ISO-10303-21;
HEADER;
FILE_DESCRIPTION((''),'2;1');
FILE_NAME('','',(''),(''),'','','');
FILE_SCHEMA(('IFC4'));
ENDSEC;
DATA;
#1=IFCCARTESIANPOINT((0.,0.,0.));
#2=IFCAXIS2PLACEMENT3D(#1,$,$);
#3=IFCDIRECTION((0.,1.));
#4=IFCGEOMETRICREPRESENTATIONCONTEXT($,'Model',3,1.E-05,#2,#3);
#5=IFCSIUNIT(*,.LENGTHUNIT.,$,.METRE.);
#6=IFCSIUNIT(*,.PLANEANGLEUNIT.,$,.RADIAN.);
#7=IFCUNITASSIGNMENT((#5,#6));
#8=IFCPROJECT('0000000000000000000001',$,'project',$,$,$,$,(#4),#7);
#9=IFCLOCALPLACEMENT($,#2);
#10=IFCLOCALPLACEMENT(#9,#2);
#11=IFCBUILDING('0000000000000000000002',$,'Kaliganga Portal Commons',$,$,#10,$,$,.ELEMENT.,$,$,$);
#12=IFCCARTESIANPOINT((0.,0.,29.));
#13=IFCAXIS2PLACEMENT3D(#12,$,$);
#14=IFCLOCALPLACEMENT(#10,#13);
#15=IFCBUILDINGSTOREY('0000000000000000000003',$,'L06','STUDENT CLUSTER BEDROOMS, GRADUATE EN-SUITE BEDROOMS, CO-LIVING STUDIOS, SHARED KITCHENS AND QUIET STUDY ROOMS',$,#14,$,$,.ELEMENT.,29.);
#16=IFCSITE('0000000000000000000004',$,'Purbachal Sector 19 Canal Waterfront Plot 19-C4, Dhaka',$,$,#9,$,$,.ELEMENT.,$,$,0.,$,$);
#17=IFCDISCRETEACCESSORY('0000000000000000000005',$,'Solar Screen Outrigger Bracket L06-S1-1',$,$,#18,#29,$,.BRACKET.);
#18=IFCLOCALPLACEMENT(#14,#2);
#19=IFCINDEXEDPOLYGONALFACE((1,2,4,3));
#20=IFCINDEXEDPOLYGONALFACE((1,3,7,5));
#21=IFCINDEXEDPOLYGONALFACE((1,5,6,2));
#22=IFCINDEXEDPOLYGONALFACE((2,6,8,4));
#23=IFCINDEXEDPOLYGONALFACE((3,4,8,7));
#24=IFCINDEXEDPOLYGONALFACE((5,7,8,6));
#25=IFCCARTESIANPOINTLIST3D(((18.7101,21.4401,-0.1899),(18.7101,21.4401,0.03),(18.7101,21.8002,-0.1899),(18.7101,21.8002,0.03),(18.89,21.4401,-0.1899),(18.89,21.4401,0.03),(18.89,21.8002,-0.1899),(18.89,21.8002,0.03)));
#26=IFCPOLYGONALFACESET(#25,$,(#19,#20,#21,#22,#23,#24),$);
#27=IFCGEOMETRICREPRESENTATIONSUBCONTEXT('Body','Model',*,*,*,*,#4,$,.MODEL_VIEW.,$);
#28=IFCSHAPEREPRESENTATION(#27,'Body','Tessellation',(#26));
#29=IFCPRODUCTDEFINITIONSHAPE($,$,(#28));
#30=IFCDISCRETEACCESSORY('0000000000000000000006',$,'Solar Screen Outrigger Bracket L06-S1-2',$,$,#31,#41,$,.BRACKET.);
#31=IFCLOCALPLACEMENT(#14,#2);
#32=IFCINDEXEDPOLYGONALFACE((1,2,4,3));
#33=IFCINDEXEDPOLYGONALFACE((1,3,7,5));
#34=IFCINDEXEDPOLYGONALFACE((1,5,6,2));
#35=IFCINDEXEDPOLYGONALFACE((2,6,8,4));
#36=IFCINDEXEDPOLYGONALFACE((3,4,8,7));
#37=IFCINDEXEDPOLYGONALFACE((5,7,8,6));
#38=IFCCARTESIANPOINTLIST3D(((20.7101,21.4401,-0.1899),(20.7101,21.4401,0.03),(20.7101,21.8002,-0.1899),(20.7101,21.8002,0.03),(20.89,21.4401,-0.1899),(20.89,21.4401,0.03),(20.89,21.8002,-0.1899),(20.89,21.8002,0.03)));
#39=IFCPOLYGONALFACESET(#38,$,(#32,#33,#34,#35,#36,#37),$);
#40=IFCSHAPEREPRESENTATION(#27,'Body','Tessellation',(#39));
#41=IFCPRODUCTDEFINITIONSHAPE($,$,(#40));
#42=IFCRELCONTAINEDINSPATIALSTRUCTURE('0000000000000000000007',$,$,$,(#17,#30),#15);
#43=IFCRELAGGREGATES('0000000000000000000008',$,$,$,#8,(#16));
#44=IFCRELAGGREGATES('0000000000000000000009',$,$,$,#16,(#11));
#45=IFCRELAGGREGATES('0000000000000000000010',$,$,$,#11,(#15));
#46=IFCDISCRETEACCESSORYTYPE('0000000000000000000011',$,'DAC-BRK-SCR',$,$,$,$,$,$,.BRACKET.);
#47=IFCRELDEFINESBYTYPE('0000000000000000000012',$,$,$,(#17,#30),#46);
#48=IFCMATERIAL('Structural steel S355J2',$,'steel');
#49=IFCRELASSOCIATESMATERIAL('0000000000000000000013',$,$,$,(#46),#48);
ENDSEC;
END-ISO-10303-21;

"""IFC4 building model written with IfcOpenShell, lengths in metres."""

from ifc_helpers import new_model, si_unit, direction, frame, origin, origin_2d, place, context, subcontext, project, spatial, rectangle, extrude, source, transform, mapped, material, type_object, element, save


model = new_model("IFC4")

# Units and contexts
model_context = context("Model", 3, precision=1e-05, world=origin(), true_north=direction((0.0, 1.0)))
body_context = subcontext(model_context, "Body", "Model", "MODEL_VIEW")
ifc_project = project(units=[si_unit("LENGTHUNIT", "METRE"), si_unit("PLANEANGLEUNIT", "RADIAN")], contexts=[model_context])

# Site, building, storey
site_placement = place(None, origin())
site = spatial("IfcSite", under=ifc_project, at=site_placement, Name="Purbachal Sector 19 Canal Waterfront Plot 19-C4, Dhaka", CompositionType="ELEMENT", RefElevation=0.0)
building_placement = place(site_placement, origin())
building = spatial("IfcBuilding", under=site, at=building_placement, Name="Kaliganga Portal Commons", CompositionType="ELEMENT")
storey_placement = place(building_placement, frame((0.0, 0.0, 29.0)))
storey = spatial("IfcBuildingStorey", under=building, at=storey_placement, Name="L06", Description="STUDENT CLUSTER BEDROOMS, GRADUATE EN-SUITE BEDROOMS, CO-LIVING STUDIOS, SHARED KITCHENS AND QUIET STUDY ROOMS", CompositionType="ELEMENT", Elevation=29.0)

# Shared definitions
ifc_material_1 = material(Name="Structural steel S355J2", Category="steel")

# Discrete accessories
discrete_accessory_type = type_object("IfcDiscreteAccessoryType", Name="DAC-BRK-SCR", PredefinedType="BRACKET", material=ifc_material_1)
shared_shape_1 = source(origin(), body_context, "Body", "SweptSolid", [
    extrude(rectangle(XDim=0.1799, YDim=0.3601, at=origin_2d()), origin(), (0.0, 0.0, 1.0), 0.22),
])
for number, where, z_axis, x_axis, name in (
    (1, (18.8, 21.6201, -0.1899), (0.0, 0.0, 1.0), (1.0, 0.0, 0.0), "Solar Screen Outrigger Bracket L06-S1-1"),
    (2, (20.8, 21.6201, -0.1899), (0.0, 0.0, 1.0), (1.0, 0.0, 0.0), "Solar Screen Outrigger Bracket L06-S1-2"),
):
    element("IfcDiscreteAccessory", number, at=place(storey_placement, frame(where, z_axis=z_axis, x_axis=x_axis)), inside=storey, type_object=discrete_accessory_type, Name=name, PredefinedType="BRACKET", context=body_context, shape_type="MappedRepresentation", body=[
        mapped(shared_shape_1, transform((0.0, 0.0, 0.0), x_axis=(1.0, 0.0, 0.0), y_axis=(0.0, 1.0, 0.0), z_axis=(0.0, 0.0, 1.0), scale=1.0)),
    ])

save(model, "model.ifc")
